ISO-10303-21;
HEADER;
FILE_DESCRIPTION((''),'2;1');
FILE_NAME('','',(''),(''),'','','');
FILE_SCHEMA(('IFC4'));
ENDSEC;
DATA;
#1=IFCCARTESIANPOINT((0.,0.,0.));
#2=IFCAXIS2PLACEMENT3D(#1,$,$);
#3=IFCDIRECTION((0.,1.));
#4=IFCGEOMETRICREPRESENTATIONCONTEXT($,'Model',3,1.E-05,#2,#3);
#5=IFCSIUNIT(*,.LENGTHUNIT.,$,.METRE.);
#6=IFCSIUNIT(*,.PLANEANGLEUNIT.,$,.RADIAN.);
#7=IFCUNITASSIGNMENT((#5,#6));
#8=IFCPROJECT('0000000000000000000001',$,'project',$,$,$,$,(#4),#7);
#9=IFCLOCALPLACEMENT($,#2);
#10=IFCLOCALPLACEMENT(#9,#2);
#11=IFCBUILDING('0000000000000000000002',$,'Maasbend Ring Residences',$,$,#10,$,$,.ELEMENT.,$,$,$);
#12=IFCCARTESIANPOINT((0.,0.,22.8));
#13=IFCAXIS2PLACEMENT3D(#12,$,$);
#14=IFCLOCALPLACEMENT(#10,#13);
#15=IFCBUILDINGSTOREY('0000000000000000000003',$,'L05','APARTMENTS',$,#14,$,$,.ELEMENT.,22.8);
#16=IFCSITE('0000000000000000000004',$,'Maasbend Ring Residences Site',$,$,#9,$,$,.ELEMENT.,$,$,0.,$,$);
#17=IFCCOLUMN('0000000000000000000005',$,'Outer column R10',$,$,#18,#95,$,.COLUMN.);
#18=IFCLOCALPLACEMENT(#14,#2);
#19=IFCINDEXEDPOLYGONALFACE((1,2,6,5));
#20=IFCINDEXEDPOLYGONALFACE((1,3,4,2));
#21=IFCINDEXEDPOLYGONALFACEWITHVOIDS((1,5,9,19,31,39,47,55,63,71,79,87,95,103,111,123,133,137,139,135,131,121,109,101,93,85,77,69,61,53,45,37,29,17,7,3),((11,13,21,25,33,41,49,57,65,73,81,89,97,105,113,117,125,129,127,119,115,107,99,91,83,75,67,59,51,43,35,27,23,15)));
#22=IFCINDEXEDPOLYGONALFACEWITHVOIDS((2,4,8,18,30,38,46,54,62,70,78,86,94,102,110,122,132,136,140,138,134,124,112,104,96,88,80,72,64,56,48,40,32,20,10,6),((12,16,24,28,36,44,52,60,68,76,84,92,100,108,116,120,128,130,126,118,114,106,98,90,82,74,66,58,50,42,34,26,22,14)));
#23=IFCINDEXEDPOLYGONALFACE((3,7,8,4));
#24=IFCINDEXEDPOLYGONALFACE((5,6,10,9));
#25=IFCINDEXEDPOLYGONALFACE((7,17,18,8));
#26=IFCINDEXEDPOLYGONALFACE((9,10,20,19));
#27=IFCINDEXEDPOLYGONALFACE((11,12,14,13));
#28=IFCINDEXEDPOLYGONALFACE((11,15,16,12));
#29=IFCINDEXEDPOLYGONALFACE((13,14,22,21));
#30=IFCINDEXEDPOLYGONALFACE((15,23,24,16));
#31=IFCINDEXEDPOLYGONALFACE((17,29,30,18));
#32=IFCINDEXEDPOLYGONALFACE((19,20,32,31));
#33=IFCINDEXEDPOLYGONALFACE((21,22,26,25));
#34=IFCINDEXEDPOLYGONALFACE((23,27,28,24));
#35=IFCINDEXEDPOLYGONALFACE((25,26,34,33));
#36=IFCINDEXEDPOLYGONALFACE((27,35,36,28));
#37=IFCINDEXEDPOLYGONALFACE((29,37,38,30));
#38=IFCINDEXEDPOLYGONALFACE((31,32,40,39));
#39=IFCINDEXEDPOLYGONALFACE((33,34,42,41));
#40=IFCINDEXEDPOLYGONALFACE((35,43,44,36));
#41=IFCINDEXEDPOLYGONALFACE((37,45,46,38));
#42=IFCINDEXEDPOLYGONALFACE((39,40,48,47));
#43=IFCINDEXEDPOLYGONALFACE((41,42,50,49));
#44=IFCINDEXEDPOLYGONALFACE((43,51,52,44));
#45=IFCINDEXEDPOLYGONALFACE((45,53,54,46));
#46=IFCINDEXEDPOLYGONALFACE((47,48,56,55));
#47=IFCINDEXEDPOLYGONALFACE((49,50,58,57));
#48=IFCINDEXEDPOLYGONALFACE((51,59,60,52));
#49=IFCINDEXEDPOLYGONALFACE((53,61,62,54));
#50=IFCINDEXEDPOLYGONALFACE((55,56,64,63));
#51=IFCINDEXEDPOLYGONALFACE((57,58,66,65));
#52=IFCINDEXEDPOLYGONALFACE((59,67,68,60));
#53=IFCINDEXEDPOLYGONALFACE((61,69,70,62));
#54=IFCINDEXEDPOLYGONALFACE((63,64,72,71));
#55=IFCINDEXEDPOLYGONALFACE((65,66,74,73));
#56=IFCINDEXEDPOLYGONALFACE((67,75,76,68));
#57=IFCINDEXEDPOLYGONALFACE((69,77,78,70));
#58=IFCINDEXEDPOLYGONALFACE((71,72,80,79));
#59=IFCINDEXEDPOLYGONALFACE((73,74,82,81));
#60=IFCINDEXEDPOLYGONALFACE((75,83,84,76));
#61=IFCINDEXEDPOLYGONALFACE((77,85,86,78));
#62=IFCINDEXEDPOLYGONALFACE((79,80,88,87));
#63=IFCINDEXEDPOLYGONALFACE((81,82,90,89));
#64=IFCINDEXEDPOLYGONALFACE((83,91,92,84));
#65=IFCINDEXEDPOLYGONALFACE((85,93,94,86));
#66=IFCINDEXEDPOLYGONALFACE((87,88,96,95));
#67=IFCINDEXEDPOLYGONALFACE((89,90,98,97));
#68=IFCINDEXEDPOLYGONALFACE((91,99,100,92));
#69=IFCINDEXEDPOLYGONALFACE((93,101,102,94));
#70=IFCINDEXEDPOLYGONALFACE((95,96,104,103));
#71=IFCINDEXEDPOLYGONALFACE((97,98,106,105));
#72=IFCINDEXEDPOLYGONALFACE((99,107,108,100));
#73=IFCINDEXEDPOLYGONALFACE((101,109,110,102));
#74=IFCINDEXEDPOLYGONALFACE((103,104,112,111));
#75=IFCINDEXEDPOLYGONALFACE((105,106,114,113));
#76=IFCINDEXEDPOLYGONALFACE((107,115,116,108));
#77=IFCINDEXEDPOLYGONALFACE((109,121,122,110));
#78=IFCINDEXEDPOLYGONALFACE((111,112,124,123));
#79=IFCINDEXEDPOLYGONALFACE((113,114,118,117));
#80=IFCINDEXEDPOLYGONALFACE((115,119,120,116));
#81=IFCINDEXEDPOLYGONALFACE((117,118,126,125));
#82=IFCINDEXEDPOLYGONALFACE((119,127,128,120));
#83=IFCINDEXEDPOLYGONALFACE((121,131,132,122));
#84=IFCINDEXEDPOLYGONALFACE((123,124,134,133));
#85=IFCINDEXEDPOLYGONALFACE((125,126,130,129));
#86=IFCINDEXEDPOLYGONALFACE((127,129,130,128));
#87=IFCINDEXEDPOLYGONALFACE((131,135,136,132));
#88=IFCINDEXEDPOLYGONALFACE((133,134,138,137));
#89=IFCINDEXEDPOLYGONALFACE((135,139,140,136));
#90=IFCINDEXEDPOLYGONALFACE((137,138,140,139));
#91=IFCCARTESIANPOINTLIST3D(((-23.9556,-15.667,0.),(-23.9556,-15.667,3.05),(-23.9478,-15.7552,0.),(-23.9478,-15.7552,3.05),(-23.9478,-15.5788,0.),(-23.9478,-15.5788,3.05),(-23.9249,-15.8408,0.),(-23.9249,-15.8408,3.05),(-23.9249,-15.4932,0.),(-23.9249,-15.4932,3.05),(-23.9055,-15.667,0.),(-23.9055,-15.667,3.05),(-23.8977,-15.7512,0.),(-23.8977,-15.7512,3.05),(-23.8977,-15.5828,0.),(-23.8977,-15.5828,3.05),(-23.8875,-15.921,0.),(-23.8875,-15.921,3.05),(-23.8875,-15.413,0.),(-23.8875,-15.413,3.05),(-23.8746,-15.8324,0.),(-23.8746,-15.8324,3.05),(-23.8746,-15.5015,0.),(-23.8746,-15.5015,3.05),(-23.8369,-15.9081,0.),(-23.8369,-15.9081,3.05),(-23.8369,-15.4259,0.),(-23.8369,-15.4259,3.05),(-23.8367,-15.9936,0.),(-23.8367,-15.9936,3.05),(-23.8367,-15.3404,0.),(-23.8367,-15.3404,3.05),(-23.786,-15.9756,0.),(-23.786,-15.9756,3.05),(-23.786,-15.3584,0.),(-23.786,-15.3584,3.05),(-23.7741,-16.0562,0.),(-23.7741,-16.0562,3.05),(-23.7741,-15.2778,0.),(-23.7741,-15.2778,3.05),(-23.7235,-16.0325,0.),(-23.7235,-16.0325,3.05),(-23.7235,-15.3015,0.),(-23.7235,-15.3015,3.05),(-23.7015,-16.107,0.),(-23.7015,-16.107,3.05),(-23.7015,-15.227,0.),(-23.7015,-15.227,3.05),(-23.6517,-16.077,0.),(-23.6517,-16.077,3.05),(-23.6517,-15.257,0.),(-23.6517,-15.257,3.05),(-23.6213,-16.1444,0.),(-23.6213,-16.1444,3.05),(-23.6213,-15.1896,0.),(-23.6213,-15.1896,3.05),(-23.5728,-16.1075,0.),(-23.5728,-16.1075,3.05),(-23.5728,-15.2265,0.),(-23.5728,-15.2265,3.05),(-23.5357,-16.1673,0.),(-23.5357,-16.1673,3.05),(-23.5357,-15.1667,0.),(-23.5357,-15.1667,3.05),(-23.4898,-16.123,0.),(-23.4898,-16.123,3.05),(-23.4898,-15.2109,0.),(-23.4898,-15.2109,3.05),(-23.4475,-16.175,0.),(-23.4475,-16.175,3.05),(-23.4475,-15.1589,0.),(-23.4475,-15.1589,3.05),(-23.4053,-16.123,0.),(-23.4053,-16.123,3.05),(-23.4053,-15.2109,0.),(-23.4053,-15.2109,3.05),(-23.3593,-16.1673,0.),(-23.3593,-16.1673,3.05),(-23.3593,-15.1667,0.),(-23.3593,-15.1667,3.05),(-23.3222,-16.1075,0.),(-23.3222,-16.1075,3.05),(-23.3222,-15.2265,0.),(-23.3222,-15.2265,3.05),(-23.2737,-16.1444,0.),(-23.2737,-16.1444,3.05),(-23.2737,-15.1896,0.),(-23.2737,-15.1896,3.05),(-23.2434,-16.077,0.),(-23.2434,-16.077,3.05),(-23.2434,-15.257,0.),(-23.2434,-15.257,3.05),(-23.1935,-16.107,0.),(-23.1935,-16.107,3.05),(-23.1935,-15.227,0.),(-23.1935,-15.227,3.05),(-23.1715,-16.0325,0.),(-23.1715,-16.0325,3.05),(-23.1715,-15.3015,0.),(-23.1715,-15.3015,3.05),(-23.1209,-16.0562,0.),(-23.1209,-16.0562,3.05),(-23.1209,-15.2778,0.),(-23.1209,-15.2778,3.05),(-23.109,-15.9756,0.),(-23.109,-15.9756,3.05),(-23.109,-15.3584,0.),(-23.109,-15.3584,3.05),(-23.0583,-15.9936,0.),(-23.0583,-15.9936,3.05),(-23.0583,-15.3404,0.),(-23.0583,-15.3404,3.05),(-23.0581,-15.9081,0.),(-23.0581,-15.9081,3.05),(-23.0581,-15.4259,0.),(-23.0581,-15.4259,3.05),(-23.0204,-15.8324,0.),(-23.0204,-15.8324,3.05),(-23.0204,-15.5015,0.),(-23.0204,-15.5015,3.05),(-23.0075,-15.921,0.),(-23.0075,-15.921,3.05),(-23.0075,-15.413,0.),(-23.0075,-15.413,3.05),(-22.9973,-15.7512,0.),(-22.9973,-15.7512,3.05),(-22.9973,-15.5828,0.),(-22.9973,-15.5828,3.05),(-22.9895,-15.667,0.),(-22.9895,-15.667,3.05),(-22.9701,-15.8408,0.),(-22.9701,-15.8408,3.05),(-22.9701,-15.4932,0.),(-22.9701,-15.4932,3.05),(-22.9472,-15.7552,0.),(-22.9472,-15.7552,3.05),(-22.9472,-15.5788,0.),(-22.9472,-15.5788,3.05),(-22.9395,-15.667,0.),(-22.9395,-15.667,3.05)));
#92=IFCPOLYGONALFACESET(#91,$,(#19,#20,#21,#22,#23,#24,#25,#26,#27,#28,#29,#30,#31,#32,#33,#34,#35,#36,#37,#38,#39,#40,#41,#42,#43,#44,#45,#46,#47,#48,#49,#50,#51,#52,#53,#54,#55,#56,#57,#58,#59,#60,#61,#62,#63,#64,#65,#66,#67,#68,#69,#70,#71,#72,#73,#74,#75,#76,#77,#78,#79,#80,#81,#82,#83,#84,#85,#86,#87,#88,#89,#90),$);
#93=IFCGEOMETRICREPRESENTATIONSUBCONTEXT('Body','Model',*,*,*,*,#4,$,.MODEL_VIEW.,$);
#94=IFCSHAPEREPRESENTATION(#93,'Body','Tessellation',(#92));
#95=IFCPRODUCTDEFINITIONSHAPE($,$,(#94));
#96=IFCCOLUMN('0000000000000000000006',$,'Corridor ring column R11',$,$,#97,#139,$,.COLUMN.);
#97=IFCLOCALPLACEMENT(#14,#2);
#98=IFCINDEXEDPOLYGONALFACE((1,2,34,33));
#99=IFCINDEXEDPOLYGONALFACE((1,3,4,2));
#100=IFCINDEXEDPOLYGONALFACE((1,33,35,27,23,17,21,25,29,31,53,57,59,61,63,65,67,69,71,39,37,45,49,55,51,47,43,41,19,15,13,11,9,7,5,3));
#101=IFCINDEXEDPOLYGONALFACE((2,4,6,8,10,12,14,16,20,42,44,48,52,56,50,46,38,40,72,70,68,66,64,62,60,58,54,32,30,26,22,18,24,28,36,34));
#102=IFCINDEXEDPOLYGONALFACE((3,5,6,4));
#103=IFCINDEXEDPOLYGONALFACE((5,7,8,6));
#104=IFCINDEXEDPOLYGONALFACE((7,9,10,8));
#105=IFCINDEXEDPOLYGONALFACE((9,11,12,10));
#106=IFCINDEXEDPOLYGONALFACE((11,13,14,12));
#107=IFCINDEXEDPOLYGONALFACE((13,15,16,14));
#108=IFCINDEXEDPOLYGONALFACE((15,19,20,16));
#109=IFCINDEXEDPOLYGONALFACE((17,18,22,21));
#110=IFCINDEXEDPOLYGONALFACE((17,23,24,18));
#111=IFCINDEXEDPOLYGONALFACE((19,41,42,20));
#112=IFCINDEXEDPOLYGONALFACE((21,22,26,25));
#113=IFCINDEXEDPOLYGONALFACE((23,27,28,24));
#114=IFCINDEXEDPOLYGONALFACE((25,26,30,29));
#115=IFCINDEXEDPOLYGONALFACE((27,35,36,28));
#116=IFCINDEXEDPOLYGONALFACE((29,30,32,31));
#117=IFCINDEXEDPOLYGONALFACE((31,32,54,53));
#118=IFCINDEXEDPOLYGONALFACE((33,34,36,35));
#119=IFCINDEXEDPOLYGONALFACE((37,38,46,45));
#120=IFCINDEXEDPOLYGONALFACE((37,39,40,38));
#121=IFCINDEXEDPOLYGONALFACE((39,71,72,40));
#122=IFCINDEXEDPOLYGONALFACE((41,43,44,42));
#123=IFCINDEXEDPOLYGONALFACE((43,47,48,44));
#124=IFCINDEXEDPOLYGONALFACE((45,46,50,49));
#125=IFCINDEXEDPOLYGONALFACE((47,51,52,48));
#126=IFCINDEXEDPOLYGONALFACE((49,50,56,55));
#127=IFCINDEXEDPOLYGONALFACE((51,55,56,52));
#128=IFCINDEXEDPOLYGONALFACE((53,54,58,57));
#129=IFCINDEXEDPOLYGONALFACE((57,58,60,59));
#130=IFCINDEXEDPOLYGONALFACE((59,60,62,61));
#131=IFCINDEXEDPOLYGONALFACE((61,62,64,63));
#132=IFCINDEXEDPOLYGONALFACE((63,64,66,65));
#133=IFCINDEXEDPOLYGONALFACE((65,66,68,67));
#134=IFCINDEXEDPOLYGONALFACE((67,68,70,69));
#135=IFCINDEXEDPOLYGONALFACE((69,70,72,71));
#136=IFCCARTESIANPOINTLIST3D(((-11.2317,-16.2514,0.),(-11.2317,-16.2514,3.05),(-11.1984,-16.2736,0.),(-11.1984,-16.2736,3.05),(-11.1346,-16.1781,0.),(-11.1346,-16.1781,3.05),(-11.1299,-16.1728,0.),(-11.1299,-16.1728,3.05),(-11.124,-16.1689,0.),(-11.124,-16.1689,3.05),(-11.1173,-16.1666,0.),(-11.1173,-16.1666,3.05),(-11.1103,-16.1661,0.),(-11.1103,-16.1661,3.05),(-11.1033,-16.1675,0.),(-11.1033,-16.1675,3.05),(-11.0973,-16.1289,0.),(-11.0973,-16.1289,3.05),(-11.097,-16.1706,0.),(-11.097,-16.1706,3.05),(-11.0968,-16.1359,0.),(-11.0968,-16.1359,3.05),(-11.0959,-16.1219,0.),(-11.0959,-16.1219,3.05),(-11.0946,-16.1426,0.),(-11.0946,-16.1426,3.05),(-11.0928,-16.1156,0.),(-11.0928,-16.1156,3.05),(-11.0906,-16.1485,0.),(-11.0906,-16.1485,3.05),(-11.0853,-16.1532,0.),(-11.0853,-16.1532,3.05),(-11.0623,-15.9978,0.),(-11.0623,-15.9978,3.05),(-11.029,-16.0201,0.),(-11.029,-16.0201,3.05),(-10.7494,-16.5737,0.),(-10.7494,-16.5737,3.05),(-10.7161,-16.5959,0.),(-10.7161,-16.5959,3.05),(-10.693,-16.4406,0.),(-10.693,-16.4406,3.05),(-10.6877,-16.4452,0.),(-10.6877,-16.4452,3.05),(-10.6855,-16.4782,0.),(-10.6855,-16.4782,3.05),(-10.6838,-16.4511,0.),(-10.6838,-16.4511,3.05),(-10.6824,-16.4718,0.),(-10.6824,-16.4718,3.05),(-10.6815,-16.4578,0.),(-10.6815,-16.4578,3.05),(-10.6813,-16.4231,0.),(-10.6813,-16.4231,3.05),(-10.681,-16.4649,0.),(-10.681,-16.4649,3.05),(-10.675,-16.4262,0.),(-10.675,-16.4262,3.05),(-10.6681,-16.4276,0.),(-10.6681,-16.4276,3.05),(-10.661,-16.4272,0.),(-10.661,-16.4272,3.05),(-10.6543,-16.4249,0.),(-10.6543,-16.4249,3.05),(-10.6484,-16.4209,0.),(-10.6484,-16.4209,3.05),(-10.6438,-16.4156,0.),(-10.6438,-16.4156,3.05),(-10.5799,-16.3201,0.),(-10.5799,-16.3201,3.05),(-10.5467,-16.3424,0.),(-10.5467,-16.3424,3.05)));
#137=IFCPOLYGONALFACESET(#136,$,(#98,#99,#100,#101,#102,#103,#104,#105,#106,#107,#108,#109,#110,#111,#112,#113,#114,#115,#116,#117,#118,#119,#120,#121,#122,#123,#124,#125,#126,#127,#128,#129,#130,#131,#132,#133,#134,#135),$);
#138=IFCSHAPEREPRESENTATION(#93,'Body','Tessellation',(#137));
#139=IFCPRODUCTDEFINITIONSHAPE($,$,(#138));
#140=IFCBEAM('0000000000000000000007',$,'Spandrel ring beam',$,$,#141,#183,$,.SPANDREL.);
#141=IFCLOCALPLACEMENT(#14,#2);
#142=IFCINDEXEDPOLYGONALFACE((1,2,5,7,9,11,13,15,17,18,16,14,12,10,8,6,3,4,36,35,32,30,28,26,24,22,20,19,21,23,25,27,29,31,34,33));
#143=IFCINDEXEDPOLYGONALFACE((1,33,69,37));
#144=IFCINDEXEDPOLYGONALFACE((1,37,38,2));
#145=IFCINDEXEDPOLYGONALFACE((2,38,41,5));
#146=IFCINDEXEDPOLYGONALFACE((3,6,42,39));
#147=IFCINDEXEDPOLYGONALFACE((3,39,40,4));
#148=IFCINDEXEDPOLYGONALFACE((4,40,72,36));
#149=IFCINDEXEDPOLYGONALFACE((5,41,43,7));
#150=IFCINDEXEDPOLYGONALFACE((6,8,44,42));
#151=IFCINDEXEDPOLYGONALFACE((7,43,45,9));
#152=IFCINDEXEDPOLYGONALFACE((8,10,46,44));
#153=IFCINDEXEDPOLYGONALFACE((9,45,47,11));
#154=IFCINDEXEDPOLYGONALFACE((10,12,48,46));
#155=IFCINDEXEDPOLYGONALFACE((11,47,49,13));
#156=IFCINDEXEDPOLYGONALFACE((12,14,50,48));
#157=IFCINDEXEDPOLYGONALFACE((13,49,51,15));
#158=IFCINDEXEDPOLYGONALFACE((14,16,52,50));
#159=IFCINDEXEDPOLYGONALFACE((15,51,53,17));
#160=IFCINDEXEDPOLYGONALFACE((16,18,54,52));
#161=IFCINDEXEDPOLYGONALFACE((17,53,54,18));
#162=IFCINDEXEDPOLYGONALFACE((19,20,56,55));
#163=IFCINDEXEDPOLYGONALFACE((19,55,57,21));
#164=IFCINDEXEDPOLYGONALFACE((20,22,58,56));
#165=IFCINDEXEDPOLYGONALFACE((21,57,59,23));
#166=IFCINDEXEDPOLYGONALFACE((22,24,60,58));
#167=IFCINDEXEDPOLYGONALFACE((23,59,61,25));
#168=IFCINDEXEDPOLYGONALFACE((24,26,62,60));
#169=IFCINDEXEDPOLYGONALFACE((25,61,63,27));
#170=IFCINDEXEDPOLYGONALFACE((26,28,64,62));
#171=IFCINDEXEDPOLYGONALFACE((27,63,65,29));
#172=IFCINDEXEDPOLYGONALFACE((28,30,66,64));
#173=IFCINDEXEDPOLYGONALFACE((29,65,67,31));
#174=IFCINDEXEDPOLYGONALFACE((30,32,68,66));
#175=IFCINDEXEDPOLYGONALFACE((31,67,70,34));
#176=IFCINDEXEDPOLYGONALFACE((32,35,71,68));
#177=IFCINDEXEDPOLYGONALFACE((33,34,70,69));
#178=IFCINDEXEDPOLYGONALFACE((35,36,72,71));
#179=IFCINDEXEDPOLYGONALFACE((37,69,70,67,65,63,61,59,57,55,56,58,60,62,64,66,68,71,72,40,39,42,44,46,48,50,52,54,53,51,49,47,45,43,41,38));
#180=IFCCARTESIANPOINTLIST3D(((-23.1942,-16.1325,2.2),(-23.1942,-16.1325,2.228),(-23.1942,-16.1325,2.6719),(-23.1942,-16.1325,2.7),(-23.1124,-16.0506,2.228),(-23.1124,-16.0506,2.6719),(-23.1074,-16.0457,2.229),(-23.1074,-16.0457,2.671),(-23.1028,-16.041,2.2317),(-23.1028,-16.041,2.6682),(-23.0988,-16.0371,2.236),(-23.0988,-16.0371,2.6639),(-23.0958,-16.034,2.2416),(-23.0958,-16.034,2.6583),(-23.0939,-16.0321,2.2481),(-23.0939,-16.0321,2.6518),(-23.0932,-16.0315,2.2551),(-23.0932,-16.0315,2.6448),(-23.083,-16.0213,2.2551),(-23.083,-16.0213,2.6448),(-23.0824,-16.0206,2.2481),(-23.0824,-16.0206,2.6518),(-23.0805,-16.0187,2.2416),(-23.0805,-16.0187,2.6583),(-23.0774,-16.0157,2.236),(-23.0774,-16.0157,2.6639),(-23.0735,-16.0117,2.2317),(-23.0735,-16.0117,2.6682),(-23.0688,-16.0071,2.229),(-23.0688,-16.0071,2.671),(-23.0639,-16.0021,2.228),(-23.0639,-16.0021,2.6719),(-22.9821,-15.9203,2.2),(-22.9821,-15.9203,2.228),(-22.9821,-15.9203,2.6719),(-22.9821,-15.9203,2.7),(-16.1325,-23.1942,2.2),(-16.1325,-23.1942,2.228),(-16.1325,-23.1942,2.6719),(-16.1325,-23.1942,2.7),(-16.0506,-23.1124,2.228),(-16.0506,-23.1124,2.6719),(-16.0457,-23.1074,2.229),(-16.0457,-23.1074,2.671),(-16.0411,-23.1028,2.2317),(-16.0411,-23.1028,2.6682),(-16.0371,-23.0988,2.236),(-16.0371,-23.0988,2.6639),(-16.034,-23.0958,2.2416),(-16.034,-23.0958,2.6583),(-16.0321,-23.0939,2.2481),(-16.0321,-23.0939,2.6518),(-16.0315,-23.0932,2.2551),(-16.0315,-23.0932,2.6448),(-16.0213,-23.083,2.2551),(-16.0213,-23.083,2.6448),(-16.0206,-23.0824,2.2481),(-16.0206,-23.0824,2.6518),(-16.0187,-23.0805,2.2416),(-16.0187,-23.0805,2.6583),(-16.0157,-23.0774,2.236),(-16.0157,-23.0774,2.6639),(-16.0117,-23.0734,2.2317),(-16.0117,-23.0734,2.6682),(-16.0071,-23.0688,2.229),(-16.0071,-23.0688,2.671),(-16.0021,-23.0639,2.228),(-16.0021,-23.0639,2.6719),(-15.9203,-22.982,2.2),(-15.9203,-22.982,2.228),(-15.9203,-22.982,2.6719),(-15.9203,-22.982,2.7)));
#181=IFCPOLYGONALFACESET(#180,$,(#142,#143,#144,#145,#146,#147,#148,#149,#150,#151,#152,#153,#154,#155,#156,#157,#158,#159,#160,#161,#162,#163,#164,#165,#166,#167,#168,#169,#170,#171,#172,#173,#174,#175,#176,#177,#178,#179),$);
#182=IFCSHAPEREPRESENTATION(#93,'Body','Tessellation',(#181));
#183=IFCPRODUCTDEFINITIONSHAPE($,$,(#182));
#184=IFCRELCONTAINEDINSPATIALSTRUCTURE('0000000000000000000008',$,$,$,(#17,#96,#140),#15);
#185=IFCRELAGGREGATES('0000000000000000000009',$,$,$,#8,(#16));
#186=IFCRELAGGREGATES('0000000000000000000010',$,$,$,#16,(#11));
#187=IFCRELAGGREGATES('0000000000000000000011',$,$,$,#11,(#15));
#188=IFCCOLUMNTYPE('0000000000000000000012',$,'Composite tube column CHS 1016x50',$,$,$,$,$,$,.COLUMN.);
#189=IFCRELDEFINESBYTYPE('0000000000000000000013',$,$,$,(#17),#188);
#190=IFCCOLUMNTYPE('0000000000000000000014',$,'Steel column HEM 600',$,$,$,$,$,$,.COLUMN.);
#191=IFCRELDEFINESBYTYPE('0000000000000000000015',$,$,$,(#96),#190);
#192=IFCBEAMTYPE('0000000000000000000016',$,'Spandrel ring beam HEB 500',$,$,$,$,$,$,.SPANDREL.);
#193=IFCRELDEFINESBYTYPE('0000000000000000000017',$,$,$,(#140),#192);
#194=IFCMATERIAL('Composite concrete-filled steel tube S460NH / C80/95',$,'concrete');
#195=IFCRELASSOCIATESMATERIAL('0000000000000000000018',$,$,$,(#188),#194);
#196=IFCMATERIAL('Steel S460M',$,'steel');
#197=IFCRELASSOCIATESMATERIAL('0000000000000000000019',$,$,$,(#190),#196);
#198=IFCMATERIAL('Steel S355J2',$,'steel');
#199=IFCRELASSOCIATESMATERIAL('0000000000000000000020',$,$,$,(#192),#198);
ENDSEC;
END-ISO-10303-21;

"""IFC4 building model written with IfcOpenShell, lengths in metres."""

from ifc_helpers import new_model, si_unit, direction, frame, origin, origin_2d, place, context, subcontext, project, spatial, hollow_circle, i_section, extrude, material, material_profile, profile_set, type_object, element, save


model = new_model("IFC4")

# Units and contexts
model_context = context("Model", 3, precision=1e-05, world=origin(), true_north=direction((0.0, 1.0)))
body_context = subcontext(model_context, "Body", "Model", "MODEL_VIEW")
ifc_project = project(units=[si_unit("LENGTHUNIT", "METRE"), si_unit("PLANEANGLEUNIT", "RADIAN")], contexts=[model_context])

# Site, building, storey
site_placement = place(None, origin())
site = spatial("IfcSite", under=ifc_project, at=site_placement, Name="Maasbend Ring Residences Site", CompositionType="ELEMENT", RefElevation=0.0)
building_placement = place(site_placement, origin())
building = spatial("IfcBuilding", under=site, at=building_placement, Name="Maasbend Ring Residences", CompositionType="ELEMENT")
storey_placement = place(building_placement, frame((0.0, 0.0, 22.8)))
storey = spatial("IfcBuildingStorey", under=building, at=storey_placement, Name="L05", Description="APARTMENTS", CompositionType="ELEMENT", Elevation=22.8)

# Columns
ifc_material_1 = material(Name="Composite concrete-filled steel tube S460NH / C80/95", Category="concrete")
ifc_material_profile_1 = material_profile(ifc_material_1, hollow_circle(Radius=0.5081, WallThickness=0.05, at=origin_2d()), Name="Composite tube column CHS 1016x50")
ifc_profile_set_1 = profile_set([ifc_material_profile_1], Name="Composite concrete-filled steel tube S460NH / C80/95")
column_type_1 = type_object("IfcColumnType", Name="Composite tube column CHS 1016x50", PredefinedType="COLUMN", material=ifc_profile_set_1)
column_1_placement = place(storey_placement, frame((-23.4475, -15.667, 0.0), z_axis=(0.0, 0.0, 1.0), x_axis=(1.0, 0.0, 0.0)))
element("IfcColumn", 1, at=column_1_placement, inside=storey, type_object=column_type_1, Name="Outer column R10", PredefinedType="COLUMN", context=body_context, shape_type="SweptSolid", body=[
    extrude(hollow_circle(Radius=0.5081, WallThickness=0.05, at=origin_2d()), origin(), (0.0, 0.0, 1.0), 3.05),
])
ifc_material_2 = material(Name="Steel S460M", Category="steel")
ifc_material_profile_2 = material_profile(ifc_material_2, i_section(OverallWidth=0.3049, OverallDepth=0.6201, WebThickness=0.021, FlangeThickness=0.04, FilletRadius=0.0271, at=origin_2d()), Name="HEM 600")
ifc_profile_set_2 = profile_set([ifc_material_profile_2], Name="Steel S460M")
column_type_2 = type_object("IfcColumnType", Name="Steel column HEM 600", PredefinedType="COLUMN", material=ifc_profile_set_2)
column_2_placement = place(storey_placement, frame((-10.8892, -16.2969, 0.0), z_axis=(0.0, 0.0, 1.0), x_axis=(-0.55557, -0.83147, 0.0)))
element("IfcColumn", 2, at=column_2_placement, inside=storey, type_object=column_type_2, Name="Corridor ring column R11", PredefinedType="COLUMN", context=body_context, shape_type="SweptSolid", body=[
    extrude(i_section(OverallWidth=0.3049, OverallDepth=0.6201, WebThickness=0.021, FlangeThickness=0.04, FilletRadius=0.0271, at=origin_2d()), origin(), (0.0, 0.0, 1.0), 3.05),
])

# Beam
ifc_material_3 = material(Name="Steel S355J2", Category="steel")
ifc_material_profile_3 = material_profile(ifc_material_3, i_section(OverallWidth=0.3, OverallDepth=0.5, WebThickness=0.0144, FlangeThickness=0.0281, FilletRadius=0.0271, at=origin_2d()), Name="HEB 500")
ifc_profile_set_3 = profile_set([ifc_material_profile_3], Name="Steel S355J2")
beam_type = type_object("IfcBeamType", Name="Spandrel ring beam HEB 500", PredefinedType="SPANDREL", material=ifc_profile_set_3)
beam_placement = place(storey_placement, frame((-23.0881, -16.0264, 2.45), z_axis=(0.707107, -0.707107, 0.0), x_axis=(0.707107, 0.707107, 0.0)))
element("IfcBeam", 3, at=beam_placement, inside=storey, type_object=beam_type, Name="Spandrel ring beam", PredefinedType="SPANDREL", context=body_context, shape_type="SweptSolid", body=[
    extrude(i_section(OverallWidth=0.3, OverallDepth=0.5, WebThickness=0.0144, FlangeThickness=0.0281, FilletRadius=0.0271, at=origin_2d()), origin(), (0.0, 0.0, 1.0), 9.9868),
])

save(model, "model.ifc")
